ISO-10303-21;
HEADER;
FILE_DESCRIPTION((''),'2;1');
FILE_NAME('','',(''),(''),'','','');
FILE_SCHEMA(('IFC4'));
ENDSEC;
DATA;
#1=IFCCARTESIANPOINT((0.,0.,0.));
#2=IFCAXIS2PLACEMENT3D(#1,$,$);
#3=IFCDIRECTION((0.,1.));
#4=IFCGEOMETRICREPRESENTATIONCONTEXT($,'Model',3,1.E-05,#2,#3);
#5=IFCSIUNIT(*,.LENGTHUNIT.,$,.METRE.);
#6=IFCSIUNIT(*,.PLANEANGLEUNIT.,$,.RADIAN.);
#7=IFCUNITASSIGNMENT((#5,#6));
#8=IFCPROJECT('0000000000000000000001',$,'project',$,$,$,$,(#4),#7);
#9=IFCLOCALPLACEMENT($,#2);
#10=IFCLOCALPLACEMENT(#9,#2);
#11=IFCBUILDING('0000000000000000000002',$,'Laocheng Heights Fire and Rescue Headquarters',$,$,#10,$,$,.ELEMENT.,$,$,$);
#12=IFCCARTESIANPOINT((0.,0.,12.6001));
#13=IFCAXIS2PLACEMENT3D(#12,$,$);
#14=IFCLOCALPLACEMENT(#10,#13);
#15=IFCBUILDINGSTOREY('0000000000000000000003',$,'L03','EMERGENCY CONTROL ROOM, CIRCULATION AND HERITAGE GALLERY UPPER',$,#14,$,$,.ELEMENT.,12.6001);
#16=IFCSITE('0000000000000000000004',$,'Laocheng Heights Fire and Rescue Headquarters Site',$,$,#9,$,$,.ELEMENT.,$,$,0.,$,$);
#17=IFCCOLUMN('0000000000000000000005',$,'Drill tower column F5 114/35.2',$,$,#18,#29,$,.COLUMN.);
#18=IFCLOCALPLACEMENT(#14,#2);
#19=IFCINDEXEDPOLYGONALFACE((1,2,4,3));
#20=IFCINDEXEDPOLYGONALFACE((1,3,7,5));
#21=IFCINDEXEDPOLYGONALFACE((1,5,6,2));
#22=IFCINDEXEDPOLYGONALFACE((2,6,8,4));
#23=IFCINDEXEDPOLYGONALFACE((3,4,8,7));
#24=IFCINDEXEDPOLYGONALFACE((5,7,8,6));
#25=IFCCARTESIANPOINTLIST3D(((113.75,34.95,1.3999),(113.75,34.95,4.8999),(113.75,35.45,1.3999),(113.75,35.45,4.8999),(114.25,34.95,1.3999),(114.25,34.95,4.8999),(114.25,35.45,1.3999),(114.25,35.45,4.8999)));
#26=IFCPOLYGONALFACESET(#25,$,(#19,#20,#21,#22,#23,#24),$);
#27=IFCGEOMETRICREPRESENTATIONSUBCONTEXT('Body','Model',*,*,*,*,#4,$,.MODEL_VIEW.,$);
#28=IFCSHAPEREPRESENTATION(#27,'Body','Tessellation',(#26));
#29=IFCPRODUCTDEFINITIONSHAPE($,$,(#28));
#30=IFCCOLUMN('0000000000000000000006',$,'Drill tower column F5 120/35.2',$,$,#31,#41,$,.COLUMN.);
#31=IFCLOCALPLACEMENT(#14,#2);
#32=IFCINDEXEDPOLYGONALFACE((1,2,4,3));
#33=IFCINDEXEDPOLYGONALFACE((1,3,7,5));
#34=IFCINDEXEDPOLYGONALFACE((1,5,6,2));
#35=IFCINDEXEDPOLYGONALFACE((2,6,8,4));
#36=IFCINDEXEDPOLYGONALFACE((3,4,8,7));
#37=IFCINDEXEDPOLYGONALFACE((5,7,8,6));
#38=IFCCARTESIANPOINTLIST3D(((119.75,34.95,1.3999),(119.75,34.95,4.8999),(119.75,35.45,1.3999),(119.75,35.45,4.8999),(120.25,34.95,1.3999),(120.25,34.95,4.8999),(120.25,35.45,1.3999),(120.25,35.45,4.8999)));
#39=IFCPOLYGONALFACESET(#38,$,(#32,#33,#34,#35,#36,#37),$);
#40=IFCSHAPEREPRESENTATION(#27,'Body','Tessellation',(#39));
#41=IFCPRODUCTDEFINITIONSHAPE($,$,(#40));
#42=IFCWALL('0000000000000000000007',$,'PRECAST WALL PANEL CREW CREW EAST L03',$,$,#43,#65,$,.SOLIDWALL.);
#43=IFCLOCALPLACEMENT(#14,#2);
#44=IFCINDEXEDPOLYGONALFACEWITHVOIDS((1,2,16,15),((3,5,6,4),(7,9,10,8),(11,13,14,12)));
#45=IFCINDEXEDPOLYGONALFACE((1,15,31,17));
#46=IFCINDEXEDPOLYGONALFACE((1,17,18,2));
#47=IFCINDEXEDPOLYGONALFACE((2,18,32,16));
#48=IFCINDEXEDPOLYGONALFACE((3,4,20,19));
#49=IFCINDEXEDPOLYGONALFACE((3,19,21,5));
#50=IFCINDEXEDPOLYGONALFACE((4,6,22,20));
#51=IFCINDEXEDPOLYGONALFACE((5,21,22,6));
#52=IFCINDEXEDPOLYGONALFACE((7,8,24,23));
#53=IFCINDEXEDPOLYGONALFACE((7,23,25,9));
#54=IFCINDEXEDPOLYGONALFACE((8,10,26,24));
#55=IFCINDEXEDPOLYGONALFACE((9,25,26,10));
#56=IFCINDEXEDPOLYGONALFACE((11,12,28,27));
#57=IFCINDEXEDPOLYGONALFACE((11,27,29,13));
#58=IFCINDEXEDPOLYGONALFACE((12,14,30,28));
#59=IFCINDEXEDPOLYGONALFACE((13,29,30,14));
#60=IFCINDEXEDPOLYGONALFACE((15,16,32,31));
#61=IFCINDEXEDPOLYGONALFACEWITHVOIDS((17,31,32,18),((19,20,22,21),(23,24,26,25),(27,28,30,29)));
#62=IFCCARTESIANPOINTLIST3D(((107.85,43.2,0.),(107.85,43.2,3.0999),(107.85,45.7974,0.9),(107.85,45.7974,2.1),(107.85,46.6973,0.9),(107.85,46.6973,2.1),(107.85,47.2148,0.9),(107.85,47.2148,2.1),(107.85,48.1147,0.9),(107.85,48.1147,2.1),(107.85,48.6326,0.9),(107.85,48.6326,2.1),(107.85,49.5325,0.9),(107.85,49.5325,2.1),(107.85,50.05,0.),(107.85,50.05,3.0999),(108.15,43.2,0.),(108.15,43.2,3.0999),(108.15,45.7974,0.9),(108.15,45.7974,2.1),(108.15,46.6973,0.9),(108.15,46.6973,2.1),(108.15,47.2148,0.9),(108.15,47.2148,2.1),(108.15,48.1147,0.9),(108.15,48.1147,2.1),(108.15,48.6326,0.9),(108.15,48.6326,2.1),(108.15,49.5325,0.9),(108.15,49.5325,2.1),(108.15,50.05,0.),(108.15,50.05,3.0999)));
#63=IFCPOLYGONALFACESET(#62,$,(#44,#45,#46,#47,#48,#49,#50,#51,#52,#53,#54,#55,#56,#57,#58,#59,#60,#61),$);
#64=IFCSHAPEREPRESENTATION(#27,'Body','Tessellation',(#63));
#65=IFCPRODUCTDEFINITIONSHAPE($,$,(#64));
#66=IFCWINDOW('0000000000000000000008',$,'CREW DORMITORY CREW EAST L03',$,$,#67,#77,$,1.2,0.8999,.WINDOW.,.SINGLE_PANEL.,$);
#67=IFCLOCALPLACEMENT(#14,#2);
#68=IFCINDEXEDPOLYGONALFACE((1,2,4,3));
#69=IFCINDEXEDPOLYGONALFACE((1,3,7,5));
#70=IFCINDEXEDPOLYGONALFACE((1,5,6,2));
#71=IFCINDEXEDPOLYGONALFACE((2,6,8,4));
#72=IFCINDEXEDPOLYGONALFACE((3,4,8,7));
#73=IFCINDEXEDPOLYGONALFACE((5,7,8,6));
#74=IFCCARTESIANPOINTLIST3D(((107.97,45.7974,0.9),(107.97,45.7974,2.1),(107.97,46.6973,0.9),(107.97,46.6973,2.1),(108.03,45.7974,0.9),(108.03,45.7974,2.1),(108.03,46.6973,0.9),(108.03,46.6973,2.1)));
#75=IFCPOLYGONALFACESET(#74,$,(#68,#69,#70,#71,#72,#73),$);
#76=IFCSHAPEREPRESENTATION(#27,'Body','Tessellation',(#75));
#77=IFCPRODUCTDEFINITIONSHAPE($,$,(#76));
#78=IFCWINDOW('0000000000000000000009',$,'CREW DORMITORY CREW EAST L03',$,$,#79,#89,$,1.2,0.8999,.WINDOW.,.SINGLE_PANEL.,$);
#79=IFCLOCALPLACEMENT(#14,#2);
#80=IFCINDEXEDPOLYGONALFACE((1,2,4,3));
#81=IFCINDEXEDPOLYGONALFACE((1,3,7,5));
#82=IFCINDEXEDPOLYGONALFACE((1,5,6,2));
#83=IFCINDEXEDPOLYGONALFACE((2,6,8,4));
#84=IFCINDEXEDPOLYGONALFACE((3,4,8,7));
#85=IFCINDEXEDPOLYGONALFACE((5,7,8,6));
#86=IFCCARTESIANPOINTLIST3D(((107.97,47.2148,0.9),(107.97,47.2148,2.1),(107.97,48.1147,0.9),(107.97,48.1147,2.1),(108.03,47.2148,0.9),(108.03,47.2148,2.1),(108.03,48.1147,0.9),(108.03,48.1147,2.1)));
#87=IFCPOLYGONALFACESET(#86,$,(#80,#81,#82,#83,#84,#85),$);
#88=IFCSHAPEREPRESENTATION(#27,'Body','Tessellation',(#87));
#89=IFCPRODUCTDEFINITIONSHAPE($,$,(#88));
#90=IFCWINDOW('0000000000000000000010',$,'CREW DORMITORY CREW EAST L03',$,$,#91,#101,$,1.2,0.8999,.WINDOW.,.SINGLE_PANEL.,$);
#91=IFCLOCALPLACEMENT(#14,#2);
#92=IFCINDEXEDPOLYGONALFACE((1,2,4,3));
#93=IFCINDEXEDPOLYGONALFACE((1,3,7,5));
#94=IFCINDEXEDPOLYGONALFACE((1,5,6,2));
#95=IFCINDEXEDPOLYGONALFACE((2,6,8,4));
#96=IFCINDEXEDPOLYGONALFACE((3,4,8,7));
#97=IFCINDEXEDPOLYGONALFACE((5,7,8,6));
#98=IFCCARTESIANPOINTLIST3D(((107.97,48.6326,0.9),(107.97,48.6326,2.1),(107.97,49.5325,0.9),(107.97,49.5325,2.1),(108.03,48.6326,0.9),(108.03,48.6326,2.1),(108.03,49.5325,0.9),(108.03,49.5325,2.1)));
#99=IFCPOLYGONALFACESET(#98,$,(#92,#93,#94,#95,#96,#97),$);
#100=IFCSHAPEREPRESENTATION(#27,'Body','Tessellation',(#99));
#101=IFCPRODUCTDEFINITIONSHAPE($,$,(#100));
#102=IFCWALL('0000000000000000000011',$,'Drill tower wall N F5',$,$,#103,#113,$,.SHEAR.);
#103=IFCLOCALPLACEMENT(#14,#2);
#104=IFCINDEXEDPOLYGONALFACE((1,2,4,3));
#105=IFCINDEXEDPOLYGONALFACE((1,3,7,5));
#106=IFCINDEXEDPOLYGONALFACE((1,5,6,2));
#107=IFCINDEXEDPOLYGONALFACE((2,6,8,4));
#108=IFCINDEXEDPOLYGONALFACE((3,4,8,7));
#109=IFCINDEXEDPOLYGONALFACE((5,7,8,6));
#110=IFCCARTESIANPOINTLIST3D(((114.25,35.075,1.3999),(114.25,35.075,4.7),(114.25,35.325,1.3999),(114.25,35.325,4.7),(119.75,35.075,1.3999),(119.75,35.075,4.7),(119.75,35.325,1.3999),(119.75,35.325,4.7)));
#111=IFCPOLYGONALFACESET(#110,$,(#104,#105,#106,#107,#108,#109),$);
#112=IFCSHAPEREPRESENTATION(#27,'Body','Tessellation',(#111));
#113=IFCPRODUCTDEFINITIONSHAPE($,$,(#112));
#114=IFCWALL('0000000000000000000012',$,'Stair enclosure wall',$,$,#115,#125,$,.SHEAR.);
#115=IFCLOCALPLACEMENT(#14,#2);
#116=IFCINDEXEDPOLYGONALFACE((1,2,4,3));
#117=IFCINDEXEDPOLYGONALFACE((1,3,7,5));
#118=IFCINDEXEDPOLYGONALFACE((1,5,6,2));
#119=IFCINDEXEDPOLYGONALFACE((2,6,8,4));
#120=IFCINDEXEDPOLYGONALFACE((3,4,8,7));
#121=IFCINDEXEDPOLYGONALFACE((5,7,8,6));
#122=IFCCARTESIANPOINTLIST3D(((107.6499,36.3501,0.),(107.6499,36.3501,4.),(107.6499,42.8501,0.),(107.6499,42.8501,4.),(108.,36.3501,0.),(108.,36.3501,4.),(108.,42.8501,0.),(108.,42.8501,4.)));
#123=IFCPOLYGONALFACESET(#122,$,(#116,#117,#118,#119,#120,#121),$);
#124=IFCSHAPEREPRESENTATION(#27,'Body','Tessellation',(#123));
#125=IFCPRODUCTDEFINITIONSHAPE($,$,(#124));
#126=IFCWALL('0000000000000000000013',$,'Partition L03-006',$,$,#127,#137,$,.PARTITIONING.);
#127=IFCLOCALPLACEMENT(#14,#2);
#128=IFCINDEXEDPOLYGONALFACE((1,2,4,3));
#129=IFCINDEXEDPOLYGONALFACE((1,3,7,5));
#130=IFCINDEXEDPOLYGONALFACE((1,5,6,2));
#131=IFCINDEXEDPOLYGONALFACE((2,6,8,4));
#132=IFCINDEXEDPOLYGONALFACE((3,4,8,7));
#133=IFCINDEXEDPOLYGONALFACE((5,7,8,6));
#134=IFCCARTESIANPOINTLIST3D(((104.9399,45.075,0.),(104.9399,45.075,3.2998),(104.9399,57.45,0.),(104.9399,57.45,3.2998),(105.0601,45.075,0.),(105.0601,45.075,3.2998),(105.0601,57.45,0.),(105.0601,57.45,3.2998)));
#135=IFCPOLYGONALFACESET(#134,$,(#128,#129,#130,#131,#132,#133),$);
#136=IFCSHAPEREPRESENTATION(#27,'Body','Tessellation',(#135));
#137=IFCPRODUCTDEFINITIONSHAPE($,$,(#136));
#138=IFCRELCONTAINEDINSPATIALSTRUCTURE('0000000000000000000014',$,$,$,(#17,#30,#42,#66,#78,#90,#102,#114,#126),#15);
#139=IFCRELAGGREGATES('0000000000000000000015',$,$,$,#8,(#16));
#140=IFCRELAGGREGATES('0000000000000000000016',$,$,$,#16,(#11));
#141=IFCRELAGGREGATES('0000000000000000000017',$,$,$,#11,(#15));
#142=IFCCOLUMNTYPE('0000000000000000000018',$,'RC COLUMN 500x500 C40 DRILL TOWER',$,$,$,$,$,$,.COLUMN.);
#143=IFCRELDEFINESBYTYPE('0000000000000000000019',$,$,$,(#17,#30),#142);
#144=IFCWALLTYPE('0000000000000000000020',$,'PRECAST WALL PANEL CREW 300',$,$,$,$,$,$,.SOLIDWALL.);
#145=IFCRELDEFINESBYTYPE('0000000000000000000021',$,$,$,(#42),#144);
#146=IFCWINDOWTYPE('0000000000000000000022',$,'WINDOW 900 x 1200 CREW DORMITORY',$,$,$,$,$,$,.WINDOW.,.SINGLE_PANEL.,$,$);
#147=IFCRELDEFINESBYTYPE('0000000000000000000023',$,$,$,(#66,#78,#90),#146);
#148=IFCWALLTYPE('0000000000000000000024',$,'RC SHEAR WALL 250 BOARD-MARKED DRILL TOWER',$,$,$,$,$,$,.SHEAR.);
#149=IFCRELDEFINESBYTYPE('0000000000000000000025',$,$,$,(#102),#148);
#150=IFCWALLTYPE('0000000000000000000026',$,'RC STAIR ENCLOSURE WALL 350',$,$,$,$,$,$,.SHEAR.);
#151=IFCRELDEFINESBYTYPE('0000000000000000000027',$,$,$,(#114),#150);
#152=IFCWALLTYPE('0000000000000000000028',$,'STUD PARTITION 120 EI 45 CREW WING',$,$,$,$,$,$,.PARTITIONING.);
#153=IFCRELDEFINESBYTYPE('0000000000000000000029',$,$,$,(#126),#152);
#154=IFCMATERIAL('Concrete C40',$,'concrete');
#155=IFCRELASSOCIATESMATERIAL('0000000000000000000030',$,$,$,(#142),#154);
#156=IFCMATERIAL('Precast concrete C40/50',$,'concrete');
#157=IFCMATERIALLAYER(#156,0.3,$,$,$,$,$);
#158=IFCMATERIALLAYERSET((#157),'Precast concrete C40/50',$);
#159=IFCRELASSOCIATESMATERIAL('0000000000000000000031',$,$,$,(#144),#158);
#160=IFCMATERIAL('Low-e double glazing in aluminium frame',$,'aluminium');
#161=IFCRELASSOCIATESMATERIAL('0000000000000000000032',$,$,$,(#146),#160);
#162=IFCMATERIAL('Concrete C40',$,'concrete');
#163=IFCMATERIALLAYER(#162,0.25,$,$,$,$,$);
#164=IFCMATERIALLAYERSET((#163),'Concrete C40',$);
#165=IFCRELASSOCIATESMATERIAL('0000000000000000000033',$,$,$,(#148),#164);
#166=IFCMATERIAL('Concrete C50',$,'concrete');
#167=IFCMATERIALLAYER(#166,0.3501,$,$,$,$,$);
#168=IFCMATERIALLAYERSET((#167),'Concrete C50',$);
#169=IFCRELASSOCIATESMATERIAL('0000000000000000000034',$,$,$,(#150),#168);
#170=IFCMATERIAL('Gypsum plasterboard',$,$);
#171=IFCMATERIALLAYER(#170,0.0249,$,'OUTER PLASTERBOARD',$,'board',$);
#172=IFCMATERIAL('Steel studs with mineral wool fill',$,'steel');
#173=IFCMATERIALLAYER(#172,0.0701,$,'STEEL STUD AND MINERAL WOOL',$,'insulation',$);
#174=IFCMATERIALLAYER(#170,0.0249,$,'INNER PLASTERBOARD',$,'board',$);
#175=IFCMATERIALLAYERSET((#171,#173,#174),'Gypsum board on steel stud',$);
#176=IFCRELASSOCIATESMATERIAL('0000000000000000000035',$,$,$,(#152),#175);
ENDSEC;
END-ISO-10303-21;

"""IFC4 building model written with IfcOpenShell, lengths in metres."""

from ifc_helpers import new_model, si_unit, direction, frame, frame_2d, origin, origin_2d, place, context, subcontext, project, spatial, rectangle, extrude, material, layer, layer_set, material_profile, profile_set, type_object, element, fill, save


model = new_model("IFC4")

# Units and contexts
model_context = context("Model", 3, precision=1e-05, world=origin(), true_north=direction((0.0, 1.0)))
body_context = subcontext(model_context, "Body", "Model", "MODEL_VIEW")
ifc_project = project(units=[si_unit("LENGTHUNIT", "METRE"), si_unit("PLANEANGLEUNIT", "RADIAN")], contexts=[model_context])

# Site, building, storey
site_placement = place(None, origin())
site = spatial("IfcSite", under=ifc_project, at=site_placement, Name="Laocheng Heights Fire and Rescue Headquarters Site", CompositionType="ELEMENT", RefElevation=0.0)
building_placement = place(site_placement, origin())
building = spatial("IfcBuilding", under=site, at=building_placement, Name="Laocheng Heights Fire and Rescue Headquarters", CompositionType="ELEMENT")
storey_placement = place(building_placement, frame((0.0, 0.0, 12.6001)))
storey = spatial("IfcBuildingStorey", under=building, at=storey_placement, Name="L03", Description="EMERGENCY CONTROL ROOM, CIRCULATION AND HERITAGE GALLERY UPPER", CompositionType="ELEMENT", Elevation=12.6001)

# Columns
ifc_material_1 = material(Name="Concrete C40", Category="concrete")
ifc_material_profile = material_profile(ifc_material_1, rectangle(XDim=0.5, YDim=0.5, at=origin_2d()), Name="RC COLUMN 500x500 C40 DRILL TOWER")
ifc_profile_set = profile_set([ifc_material_profile], Name="Concrete C40")
column_type = type_object("IfcColumnType", Name="RC COLUMN 500x500 C40 DRILL TOWER", PredefinedType="COLUMN", material=ifc_profile_set)
for number, where, z_axis, x_axis, name in (
    (1, (114.0, 35.2, 1.3999), (0.0, 0.0, 1.0), (1.0, 0.0, 0.0), "Drill tower column F5 114/35.2"),
    (2, (120.0, 35.2, 1.3999), (0.0, 0.0, 1.0), (1.0, 0.0, 0.0), "Drill tower column F5 120/35.2"),
):
    element("IfcColumn", number, at=place(storey_placement, frame(where, z_axis=z_axis, x_axis=x_axis)), inside=storey, type_object=column_type, Name=name, PredefinedType="COLUMN", context=body_context, shape_type="SweptSolid", body=[
        extrude(rectangle(XDim=0.5, YDim=0.5, at=origin_2d()), origin(), (0.0, 0.0, 1.0), 3.5),
    ])

# Wall, openings, windows
ifc_material_2 = material(Name="Precast concrete C40/50", Category="concrete")
ifc_layer_1 = layer(ifc_material_2, 0.3)
ifc_layer_set_1 = layer_set([ifc_layer_1], Name="Precast concrete C40/50")
wall_type_1 = type_object("IfcWallType", Name="PRECAST WALL PANEL CREW 300", PredefinedType="SOLIDWALL", material=ifc_layer_set_1)
wall_1_placement = place(storey_placement, frame((108.0, 43.2, 0.0), z_axis=(0.0, 0.0, 1.0), x_axis=(0.0, 1.0, 0.0)))
wall_1 = element("IfcWall", 3, at=wall_1_placement, inside=storey, type_object=wall_type_1, Name="PRECAST WALL PANEL CREW CREW EAST L03", PredefinedType="SOLIDWALL", context=body_context, shape_type="SweptSolid", body=[
    extrude(rectangle(XDim=6.8501, YDim=0.3, at=frame_2d((3.425, 0.0))), origin(), (0.0, 0.0, 1.0), 3.0999),
])
opening_1_placement = place(wall_1_placement, frame((2.5974, 0.0, 0.8999)))
opening_1 = element("IfcOpeningElement", 4, at=opening_1_placement, cuts=wall_1, PredefinedType="OPENING", context=body_context, shape_type="SweptSolid", body=[
    extrude(rectangle(XDim=0.8999, YDim=1.2, at=frame_2d((0.45, 0.6001))), frame((0.0, 0.1599, 0.0), z_axis=(0.0, -1.0, 0.0), x_axis=(1.0, 0.0, 0.0)), (0.0, 0.0, 1.0), 0.3201),
])
opening_2_placement = place(wall_1_placement, frame((4.0149, 0.0, 0.8999)))
opening_2 = element("IfcOpeningElement", 5, at=opening_2_placement, cuts=wall_1, PredefinedType="OPENING", context=body_context, shape_type="SweptSolid", body=[
    extrude(rectangle(XDim=0.8999, YDim=1.2, at=frame_2d((0.45, 0.6001))), frame((0.0, 0.1599, 0.0), z_axis=(0.0, -1.0, 0.0), x_axis=(1.0, 0.0, 0.0)), (0.0, 0.0, 1.0), 0.3201),
])
opening_3_placement = place(wall_1_placement, frame((5.4326, 0.0, 0.8999)))
opening_3 = element("IfcOpeningElement", 6, at=opening_3_placement, cuts=wall_1, PredefinedType="OPENING", context=body_context, shape_type="SweptSolid", body=[
    extrude(rectangle(XDim=0.8999, YDim=1.2, at=frame_2d((0.45, 0.6001))), frame((0.0, 0.1599, 0.0), z_axis=(0.0, -1.0, 0.0), x_axis=(1.0, 0.0, 0.0)), (0.0, 0.0, 1.0), 0.3201),
])
ifc_material_3 = material(Name="Low-e double glazing in aluminium frame", Category="aluminium")
window_type = type_object("IfcWindowType", Name="WINDOW 900 x 1200 CREW DORMITORY", PartitioningType="SINGLE_PANEL", PredefinedType="WINDOW", material=ifc_material_3)
window_1_placement = place(opening_1_placement, origin())
window_1 = element("IfcWindow", 7, at=window_1_placement, inside=storey, type_object=window_type, Name="CREW DORMITORY CREW EAST L03", OverallHeight=1.2, OverallWidth=0.8999, PartitioningType="SINGLE_PANEL", PredefinedType="WINDOW", context=body_context, shape_type="SweptSolid", body=[
    extrude(rectangle(XDim=0.8999, YDim=1.2, at=frame_2d((0.45, 0.6001))), frame((0.0, 0.03, 0.0), z_axis=(0.0, -1.0, 0.0), x_axis=(1.0, 0.0, 0.0)), (0.0, 0.0, 1.0), 0.0601),
])
fill(opening_1, window_1)
window_2_placement = place(opening_2_placement, origin())
window_2 = element("IfcWindow", 8, at=window_2_placement, inside=storey, type_object=window_type, Name="CREW DORMITORY CREW EAST L03", OverallHeight=1.2, OverallWidth=0.8999, PartitioningType="SINGLE_PANEL", PredefinedType="WINDOW", context=body_context, shape_type="SweptSolid", body=[
    extrude(rectangle(XDim=0.8999, YDim=1.2, at=frame_2d((0.45, 0.6001))), frame((0.0, 0.03, 0.0), z_axis=(0.0, -1.0, 0.0), x_axis=(1.0, 0.0, 0.0)), (0.0, 0.0, 1.0), 0.0601),
])
fill(opening_2, window_2)
window_3_placement = place(opening_3_placement, origin())
window_3 = element("IfcWindow", 9, at=window_3_placement, inside=storey, type_object=window_type, Name="CREW DORMITORY CREW EAST L03", OverallHeight=1.2, OverallWidth=0.8999, PartitioningType="SINGLE_PANEL", PredefinedType="WINDOW", context=body_context, shape_type="SweptSolid", body=[
    extrude(rectangle(XDim=0.8999, YDim=1.2, at=frame_2d((0.45, 0.6001))), frame((0.0, 0.03, 0.0), z_axis=(0.0, -1.0, 0.0), x_axis=(1.0, 0.0, 0.0)), (0.0, 0.0, 1.0), 0.0601),
])
fill(opening_3, window_3)

# Walls
ifc_material_4 = material(Name="Concrete C40", Category="concrete")
ifc_layer_2 = layer(ifc_material_4, 0.25)
ifc_layer_set_2 = layer_set([ifc_layer_2], Name="Concrete C40")
wall_type_2 = type_object("IfcWallType", Name="RC SHEAR WALL 250 BOARD-MARKED DRILL TOWER", PredefinedType="SHEAR", material=ifc_layer_set_2)
wall_2_placement = place(storey_placement, frame((114.25, 35.2, 1.3999), z_axis=(0.0, 0.0, 1.0), x_axis=(1.0, 0.0, 0.0)))
element("IfcWall", 10, at=wall_2_placement, inside=storey, type_object=wall_type_2, Name="Drill tower wall N F5", PredefinedType="SHEAR", context=body_context, shape_type="SweptSolid", body=[
    extrude(rectangle(XDim=5.5, YDim=0.25, at=frame_2d((2.75, 0.0))), origin(), (0.0, 0.0, 1.0), 3.3),
])
ifc_material_5 = material(Name="Concrete C50", Category="concrete")
ifc_layer_3 = layer(ifc_material_5, 0.3501)
ifc_layer_set_3 = layer_set([ifc_layer_3], Name="Concrete C50")
wall_type_3 = type_object("IfcWallType", Name="RC STAIR ENCLOSURE WALL 350", PredefinedType="SHEAR", material=ifc_layer_set_3)
wall_3_placement = place(storey_placement, frame((107.825, 36.3501, 0.0), z_axis=(0.0, 0.0, 1.0), x_axis=(0.0, 1.0, 0.0)))
element("IfcWall", 11, at=wall_3_placement, inside=storey, type_object=wall_type_3, Name="Stair enclosure wall", PredefinedType="SHEAR", context=body_context, shape_type="SweptSolid", body=[
    extrude(rectangle(XDim=6.5, YDim=0.3501, at=frame_2d((3.25, 0.0))), origin(), (0.0, 0.0, 1.0), 4.0),
])
ifc_material_6 = material(Name="Gypsum plasterboard")
ifc_layer_4 = layer(ifc_material_6, 0.0249, Name="OUTER PLASTERBOARD", Category="board")
ifc_material_7 = material(Name="Steel studs with mineral wool fill", Category="steel")
ifc_layer_5 = layer(ifc_material_7, 0.0701, Name="STEEL STUD AND MINERAL WOOL", Category="insulation")
ifc_layer_6 = layer(ifc_material_6, 0.0249, Name="INNER PLASTERBOARD", Category="board")
ifc_layer_set_4 = layer_set([ifc_layer_4, ifc_layer_5, ifc_layer_6], Name="Gypsum board on steel stud")
wall_type_4 = type_object("IfcWallType", Name="STUD PARTITION 120 EI 45 CREW WING", PredefinedType="PARTITIONING", material=ifc_layer_set_4)
wall_4_placement = place(storey_placement, frame((105.0, 45.075, 0.0), z_axis=(0.0, 0.0, 1.0), x_axis=(0.0, 1.0, 0.0)))
element("IfcWall", 12, at=wall_4_placement, inside=storey, type_object=wall_type_4, Name="Partition L03-006", PredefinedType="PARTITIONING", context=body_context, shape_type="SweptSolid", body=[
    extrude(rectangle(XDim=12.375, YDim=0.1201, at=frame_2d((6.1875, 0.0))), origin(), (0.0, 0.0, 1.0), 3.2998),
])

save(model, "model.ifc")
